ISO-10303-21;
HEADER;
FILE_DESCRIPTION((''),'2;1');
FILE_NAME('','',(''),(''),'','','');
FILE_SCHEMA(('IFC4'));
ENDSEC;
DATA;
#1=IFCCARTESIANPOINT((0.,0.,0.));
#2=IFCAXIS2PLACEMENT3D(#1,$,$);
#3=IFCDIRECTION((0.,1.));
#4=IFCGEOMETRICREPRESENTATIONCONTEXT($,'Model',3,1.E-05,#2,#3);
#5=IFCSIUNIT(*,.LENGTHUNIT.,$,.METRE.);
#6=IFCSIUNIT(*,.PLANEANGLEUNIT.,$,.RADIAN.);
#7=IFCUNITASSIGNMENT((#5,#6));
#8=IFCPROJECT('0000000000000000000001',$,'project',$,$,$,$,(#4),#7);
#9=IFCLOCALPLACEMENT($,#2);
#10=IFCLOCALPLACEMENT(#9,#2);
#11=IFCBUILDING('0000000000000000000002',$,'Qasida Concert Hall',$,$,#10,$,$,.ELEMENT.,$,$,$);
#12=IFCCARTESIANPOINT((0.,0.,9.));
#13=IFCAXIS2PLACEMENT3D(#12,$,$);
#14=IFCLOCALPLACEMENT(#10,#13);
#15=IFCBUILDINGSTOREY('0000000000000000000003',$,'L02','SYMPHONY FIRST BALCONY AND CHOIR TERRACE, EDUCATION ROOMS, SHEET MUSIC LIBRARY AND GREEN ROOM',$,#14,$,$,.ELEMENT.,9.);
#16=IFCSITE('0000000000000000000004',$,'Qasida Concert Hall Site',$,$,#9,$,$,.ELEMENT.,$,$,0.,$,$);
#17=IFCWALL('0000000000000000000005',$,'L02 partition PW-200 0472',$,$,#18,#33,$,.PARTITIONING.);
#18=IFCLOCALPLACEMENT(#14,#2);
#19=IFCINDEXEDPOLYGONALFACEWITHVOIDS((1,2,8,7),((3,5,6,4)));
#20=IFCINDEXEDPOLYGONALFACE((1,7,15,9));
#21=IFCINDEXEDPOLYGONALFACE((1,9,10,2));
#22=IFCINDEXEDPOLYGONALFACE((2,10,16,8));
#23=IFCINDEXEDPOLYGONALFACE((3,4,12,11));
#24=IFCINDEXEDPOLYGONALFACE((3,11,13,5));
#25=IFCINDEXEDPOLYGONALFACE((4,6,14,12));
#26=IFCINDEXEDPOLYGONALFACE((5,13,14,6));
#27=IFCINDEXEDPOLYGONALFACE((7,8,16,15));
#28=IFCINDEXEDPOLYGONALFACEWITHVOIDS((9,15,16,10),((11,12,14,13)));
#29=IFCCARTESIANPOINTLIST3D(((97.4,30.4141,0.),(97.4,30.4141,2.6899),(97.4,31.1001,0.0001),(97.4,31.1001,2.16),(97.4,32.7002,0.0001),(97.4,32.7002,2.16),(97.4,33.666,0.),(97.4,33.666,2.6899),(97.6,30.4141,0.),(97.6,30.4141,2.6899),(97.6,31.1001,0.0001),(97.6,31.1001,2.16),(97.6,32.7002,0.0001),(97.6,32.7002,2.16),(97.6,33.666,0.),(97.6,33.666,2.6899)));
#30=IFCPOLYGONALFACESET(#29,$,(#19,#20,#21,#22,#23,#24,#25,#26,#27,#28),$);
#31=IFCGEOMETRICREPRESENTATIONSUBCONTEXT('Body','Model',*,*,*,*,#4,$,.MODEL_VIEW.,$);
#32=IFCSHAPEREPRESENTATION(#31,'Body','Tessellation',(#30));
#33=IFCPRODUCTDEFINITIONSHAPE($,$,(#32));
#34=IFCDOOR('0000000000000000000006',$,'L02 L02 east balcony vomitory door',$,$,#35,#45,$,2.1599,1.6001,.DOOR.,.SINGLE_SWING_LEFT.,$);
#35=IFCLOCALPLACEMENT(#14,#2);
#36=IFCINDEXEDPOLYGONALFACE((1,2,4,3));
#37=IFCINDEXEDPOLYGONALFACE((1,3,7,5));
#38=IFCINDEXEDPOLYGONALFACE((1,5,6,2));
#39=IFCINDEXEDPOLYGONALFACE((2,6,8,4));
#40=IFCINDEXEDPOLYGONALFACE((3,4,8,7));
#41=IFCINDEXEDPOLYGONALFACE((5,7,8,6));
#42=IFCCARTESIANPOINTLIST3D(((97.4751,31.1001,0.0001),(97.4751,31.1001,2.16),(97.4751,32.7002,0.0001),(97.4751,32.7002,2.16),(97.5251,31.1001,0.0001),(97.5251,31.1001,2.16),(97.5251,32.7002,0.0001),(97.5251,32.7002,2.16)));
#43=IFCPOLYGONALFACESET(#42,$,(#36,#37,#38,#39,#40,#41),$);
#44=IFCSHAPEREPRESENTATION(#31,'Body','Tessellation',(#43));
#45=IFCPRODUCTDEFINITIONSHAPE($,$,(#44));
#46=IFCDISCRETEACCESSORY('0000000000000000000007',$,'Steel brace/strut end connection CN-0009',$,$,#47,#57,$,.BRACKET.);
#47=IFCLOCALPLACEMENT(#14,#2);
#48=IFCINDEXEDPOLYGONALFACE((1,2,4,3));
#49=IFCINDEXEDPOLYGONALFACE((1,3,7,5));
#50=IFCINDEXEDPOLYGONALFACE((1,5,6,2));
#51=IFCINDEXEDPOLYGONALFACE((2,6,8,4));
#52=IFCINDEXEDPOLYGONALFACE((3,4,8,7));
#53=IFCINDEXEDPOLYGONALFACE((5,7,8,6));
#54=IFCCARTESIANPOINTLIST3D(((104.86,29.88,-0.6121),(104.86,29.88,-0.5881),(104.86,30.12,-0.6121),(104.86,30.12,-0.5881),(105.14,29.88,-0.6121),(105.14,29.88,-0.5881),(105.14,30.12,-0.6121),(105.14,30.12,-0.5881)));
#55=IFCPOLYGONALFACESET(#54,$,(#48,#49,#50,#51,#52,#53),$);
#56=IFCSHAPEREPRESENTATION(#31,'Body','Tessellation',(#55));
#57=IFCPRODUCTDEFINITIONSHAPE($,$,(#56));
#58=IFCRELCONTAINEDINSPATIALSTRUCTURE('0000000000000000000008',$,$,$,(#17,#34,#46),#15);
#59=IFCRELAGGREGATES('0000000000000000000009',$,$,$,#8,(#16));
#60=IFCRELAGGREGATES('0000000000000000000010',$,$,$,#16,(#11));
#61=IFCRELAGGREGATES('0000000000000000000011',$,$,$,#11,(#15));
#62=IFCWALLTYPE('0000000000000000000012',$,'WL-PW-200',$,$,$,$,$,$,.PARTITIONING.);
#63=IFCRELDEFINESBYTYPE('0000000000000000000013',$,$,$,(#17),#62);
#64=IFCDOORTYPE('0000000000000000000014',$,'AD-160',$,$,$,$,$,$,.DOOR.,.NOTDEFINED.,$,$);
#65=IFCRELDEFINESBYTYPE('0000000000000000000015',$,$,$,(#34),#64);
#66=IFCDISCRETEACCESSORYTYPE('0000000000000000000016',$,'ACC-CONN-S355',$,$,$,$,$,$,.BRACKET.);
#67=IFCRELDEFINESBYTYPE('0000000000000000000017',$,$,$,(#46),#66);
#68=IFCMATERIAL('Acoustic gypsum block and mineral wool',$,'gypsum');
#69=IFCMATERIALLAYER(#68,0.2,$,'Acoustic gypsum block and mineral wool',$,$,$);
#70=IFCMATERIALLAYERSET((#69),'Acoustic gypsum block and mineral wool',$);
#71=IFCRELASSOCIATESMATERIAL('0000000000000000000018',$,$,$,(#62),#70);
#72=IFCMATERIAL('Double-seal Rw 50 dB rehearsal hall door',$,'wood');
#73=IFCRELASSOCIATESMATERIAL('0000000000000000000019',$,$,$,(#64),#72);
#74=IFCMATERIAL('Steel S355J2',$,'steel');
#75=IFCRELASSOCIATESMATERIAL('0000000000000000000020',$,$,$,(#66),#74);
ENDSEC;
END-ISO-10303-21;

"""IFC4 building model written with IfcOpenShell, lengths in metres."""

from ifc_helpers import new_model, si_unit, direction, frame, frame_2d, origin, origin_2d, place, context, subcontext, project, spatial, rectangle, extrude, material, layer, layer_set, type_object, element, fill, save


model = new_model("IFC4")

# Units and contexts
model_context = context("Model", 3, precision=1e-05, world=origin(), true_north=direction((0.0, 1.0)))
body_context = subcontext(model_context, "Body", "Model", "MODEL_VIEW")
ifc_project = project(units=[si_unit("LENGTHUNIT", "METRE"), si_unit("PLANEANGLEUNIT", "RADIAN")], contexts=[model_context])

# Site, building, storey
site_placement = place(None, origin())
site = spatial("IfcSite", under=ifc_project, at=site_placement, Name="Qasida Concert Hall Site", CompositionType="ELEMENT", RefElevation=0.0)
building_placement = place(site_placement, origin())
building = spatial("IfcBuilding", under=site, at=building_placement, Name="Qasida Concert Hall", CompositionType="ELEMENT")
storey_placement = place(building_placement, frame((0.0, 0.0, 9.0)))
storey = spatial("IfcBuildingStorey", under=building, at=storey_placement, Name="L02", Description="SYMPHONY FIRST BALCONY AND CHOIR TERRACE, EDUCATION ROOMS, SHEET MUSIC LIBRARY AND GREEN ROOM", CompositionType="ELEMENT", Elevation=9.0)

# Shared definitions
ifc_material_1 = material(Name="Steel S355J2", Category="steel")

# Wall, opening, door
ifc_material_2 = material(Name="Acoustic gypsum block and mineral wool", Category="gypsum")
ifc_layer_1 = layer(ifc_material_2, 0.2, Name="Acoustic gypsum block and mineral wool")
ifc_layer_set_1 = layer_set([ifc_layer_1], Name="Acoustic gypsum block and mineral wool")
wall_type_1 = type_object("IfcWallType", Name="WL-PW-200", PredefinedType="PARTITIONING", material=ifc_layer_set_1)
wall_1_placement = place(storey_placement, frame((97.5, 30.4141, 0.0), z_axis=(0.0, 0.0, 1.0), x_axis=(0.0, 1.0, 0.0)))
wall_1 = element("IfcWall", 1, at=wall_1_placement, inside=storey, type_object=wall_type_1, Name="L02 partition PW-200 0472", PredefinedType="PARTITIONING", context=body_context, shape_type="SweptSolid", body=[
    extrude(rectangle(XDim=3.252, YDim=0.2, at=frame_2d((1.626, 0.0))), origin(), (0.0, 0.0, 1.0), 2.6899),
])
opening_1_placement = place(wall_1_placement, frame((0.686, 0.0, 0.0)))
opening_1 = element("IfcOpeningElement", 2, at=opening_1_placement, cuts=wall_1, PredefinedType="OPENING", context=body_context, shape_type="SweptSolid", body=[
    extrude(rectangle(XDim=1.6001, YDim=2.1599, at=frame_2d((0.8, 1.0801))), frame((0.0, 0.1099, 0.0), z_axis=(0.0, -1.0, 0.0), x_axis=(1.0, 0.0, 0.0)), (0.0, 0.0, 1.0), 0.22),
])
ifc_material_3 = material(Name="Double-seal Rw 50 dB rehearsal hall door", Category="wood")
door_type_1 = type_object("IfcDoorType", Name="AD-160", OperationType="NOTDEFINED", PredefinedType="DOOR", material=ifc_material_3)
door_1_placement = place(opening_1_placement, origin())
door_1 = element("IfcDoor", 3, at=door_1_placement, inside=storey, type_object=door_type_1, Name="L02 L02 east balcony vomitory door", OperationType="SINGLE_SWING_LEFT", OverallHeight=2.1599, OverallWidth=1.6001, PredefinedType="DOOR", context=body_context, shape_type="SweptSolid", body=[
    extrude(rectangle(XDim=1.6001, YDim=2.1599, at=frame_2d((0.8, 1.0801))), frame((0.0, 0.0249, 0.0), z_axis=(0.0, -1.0, 0.0), x_axis=(1.0, 0.0, 0.0)), (0.0, 0.0, 1.0), 0.05),
])
fill(opening_1, door_1)

# Discrete accessory
discrete_accessory_type = type_object("IfcDiscreteAccessoryType", Name="ACC-CONN-S355", PredefinedType="BRACKET", material=ifc_material_1)
discrete_accessory_placement = place(storey_placement, frame((105.0, 30.0, -0.6121), z_axis=(0.0, 0.0, 1.0), x_axis=(1.0, 0.0, 0.0)))
element("IfcDiscreteAccessory", 4, at=discrete_accessory_placement, inside=storey, type_object=discrete_accessory_type, Name="Steel brace/strut end connection CN-0009", PredefinedType="BRACKET", context=body_context, shape_type="SweptSolid", body=[
    extrude(rectangle(XDim=0.28, YDim=0.24, at=origin_2d()), origin(), (0.0, 0.0, 1.0), 0.0239),
])

save(model, "model.ifc")
